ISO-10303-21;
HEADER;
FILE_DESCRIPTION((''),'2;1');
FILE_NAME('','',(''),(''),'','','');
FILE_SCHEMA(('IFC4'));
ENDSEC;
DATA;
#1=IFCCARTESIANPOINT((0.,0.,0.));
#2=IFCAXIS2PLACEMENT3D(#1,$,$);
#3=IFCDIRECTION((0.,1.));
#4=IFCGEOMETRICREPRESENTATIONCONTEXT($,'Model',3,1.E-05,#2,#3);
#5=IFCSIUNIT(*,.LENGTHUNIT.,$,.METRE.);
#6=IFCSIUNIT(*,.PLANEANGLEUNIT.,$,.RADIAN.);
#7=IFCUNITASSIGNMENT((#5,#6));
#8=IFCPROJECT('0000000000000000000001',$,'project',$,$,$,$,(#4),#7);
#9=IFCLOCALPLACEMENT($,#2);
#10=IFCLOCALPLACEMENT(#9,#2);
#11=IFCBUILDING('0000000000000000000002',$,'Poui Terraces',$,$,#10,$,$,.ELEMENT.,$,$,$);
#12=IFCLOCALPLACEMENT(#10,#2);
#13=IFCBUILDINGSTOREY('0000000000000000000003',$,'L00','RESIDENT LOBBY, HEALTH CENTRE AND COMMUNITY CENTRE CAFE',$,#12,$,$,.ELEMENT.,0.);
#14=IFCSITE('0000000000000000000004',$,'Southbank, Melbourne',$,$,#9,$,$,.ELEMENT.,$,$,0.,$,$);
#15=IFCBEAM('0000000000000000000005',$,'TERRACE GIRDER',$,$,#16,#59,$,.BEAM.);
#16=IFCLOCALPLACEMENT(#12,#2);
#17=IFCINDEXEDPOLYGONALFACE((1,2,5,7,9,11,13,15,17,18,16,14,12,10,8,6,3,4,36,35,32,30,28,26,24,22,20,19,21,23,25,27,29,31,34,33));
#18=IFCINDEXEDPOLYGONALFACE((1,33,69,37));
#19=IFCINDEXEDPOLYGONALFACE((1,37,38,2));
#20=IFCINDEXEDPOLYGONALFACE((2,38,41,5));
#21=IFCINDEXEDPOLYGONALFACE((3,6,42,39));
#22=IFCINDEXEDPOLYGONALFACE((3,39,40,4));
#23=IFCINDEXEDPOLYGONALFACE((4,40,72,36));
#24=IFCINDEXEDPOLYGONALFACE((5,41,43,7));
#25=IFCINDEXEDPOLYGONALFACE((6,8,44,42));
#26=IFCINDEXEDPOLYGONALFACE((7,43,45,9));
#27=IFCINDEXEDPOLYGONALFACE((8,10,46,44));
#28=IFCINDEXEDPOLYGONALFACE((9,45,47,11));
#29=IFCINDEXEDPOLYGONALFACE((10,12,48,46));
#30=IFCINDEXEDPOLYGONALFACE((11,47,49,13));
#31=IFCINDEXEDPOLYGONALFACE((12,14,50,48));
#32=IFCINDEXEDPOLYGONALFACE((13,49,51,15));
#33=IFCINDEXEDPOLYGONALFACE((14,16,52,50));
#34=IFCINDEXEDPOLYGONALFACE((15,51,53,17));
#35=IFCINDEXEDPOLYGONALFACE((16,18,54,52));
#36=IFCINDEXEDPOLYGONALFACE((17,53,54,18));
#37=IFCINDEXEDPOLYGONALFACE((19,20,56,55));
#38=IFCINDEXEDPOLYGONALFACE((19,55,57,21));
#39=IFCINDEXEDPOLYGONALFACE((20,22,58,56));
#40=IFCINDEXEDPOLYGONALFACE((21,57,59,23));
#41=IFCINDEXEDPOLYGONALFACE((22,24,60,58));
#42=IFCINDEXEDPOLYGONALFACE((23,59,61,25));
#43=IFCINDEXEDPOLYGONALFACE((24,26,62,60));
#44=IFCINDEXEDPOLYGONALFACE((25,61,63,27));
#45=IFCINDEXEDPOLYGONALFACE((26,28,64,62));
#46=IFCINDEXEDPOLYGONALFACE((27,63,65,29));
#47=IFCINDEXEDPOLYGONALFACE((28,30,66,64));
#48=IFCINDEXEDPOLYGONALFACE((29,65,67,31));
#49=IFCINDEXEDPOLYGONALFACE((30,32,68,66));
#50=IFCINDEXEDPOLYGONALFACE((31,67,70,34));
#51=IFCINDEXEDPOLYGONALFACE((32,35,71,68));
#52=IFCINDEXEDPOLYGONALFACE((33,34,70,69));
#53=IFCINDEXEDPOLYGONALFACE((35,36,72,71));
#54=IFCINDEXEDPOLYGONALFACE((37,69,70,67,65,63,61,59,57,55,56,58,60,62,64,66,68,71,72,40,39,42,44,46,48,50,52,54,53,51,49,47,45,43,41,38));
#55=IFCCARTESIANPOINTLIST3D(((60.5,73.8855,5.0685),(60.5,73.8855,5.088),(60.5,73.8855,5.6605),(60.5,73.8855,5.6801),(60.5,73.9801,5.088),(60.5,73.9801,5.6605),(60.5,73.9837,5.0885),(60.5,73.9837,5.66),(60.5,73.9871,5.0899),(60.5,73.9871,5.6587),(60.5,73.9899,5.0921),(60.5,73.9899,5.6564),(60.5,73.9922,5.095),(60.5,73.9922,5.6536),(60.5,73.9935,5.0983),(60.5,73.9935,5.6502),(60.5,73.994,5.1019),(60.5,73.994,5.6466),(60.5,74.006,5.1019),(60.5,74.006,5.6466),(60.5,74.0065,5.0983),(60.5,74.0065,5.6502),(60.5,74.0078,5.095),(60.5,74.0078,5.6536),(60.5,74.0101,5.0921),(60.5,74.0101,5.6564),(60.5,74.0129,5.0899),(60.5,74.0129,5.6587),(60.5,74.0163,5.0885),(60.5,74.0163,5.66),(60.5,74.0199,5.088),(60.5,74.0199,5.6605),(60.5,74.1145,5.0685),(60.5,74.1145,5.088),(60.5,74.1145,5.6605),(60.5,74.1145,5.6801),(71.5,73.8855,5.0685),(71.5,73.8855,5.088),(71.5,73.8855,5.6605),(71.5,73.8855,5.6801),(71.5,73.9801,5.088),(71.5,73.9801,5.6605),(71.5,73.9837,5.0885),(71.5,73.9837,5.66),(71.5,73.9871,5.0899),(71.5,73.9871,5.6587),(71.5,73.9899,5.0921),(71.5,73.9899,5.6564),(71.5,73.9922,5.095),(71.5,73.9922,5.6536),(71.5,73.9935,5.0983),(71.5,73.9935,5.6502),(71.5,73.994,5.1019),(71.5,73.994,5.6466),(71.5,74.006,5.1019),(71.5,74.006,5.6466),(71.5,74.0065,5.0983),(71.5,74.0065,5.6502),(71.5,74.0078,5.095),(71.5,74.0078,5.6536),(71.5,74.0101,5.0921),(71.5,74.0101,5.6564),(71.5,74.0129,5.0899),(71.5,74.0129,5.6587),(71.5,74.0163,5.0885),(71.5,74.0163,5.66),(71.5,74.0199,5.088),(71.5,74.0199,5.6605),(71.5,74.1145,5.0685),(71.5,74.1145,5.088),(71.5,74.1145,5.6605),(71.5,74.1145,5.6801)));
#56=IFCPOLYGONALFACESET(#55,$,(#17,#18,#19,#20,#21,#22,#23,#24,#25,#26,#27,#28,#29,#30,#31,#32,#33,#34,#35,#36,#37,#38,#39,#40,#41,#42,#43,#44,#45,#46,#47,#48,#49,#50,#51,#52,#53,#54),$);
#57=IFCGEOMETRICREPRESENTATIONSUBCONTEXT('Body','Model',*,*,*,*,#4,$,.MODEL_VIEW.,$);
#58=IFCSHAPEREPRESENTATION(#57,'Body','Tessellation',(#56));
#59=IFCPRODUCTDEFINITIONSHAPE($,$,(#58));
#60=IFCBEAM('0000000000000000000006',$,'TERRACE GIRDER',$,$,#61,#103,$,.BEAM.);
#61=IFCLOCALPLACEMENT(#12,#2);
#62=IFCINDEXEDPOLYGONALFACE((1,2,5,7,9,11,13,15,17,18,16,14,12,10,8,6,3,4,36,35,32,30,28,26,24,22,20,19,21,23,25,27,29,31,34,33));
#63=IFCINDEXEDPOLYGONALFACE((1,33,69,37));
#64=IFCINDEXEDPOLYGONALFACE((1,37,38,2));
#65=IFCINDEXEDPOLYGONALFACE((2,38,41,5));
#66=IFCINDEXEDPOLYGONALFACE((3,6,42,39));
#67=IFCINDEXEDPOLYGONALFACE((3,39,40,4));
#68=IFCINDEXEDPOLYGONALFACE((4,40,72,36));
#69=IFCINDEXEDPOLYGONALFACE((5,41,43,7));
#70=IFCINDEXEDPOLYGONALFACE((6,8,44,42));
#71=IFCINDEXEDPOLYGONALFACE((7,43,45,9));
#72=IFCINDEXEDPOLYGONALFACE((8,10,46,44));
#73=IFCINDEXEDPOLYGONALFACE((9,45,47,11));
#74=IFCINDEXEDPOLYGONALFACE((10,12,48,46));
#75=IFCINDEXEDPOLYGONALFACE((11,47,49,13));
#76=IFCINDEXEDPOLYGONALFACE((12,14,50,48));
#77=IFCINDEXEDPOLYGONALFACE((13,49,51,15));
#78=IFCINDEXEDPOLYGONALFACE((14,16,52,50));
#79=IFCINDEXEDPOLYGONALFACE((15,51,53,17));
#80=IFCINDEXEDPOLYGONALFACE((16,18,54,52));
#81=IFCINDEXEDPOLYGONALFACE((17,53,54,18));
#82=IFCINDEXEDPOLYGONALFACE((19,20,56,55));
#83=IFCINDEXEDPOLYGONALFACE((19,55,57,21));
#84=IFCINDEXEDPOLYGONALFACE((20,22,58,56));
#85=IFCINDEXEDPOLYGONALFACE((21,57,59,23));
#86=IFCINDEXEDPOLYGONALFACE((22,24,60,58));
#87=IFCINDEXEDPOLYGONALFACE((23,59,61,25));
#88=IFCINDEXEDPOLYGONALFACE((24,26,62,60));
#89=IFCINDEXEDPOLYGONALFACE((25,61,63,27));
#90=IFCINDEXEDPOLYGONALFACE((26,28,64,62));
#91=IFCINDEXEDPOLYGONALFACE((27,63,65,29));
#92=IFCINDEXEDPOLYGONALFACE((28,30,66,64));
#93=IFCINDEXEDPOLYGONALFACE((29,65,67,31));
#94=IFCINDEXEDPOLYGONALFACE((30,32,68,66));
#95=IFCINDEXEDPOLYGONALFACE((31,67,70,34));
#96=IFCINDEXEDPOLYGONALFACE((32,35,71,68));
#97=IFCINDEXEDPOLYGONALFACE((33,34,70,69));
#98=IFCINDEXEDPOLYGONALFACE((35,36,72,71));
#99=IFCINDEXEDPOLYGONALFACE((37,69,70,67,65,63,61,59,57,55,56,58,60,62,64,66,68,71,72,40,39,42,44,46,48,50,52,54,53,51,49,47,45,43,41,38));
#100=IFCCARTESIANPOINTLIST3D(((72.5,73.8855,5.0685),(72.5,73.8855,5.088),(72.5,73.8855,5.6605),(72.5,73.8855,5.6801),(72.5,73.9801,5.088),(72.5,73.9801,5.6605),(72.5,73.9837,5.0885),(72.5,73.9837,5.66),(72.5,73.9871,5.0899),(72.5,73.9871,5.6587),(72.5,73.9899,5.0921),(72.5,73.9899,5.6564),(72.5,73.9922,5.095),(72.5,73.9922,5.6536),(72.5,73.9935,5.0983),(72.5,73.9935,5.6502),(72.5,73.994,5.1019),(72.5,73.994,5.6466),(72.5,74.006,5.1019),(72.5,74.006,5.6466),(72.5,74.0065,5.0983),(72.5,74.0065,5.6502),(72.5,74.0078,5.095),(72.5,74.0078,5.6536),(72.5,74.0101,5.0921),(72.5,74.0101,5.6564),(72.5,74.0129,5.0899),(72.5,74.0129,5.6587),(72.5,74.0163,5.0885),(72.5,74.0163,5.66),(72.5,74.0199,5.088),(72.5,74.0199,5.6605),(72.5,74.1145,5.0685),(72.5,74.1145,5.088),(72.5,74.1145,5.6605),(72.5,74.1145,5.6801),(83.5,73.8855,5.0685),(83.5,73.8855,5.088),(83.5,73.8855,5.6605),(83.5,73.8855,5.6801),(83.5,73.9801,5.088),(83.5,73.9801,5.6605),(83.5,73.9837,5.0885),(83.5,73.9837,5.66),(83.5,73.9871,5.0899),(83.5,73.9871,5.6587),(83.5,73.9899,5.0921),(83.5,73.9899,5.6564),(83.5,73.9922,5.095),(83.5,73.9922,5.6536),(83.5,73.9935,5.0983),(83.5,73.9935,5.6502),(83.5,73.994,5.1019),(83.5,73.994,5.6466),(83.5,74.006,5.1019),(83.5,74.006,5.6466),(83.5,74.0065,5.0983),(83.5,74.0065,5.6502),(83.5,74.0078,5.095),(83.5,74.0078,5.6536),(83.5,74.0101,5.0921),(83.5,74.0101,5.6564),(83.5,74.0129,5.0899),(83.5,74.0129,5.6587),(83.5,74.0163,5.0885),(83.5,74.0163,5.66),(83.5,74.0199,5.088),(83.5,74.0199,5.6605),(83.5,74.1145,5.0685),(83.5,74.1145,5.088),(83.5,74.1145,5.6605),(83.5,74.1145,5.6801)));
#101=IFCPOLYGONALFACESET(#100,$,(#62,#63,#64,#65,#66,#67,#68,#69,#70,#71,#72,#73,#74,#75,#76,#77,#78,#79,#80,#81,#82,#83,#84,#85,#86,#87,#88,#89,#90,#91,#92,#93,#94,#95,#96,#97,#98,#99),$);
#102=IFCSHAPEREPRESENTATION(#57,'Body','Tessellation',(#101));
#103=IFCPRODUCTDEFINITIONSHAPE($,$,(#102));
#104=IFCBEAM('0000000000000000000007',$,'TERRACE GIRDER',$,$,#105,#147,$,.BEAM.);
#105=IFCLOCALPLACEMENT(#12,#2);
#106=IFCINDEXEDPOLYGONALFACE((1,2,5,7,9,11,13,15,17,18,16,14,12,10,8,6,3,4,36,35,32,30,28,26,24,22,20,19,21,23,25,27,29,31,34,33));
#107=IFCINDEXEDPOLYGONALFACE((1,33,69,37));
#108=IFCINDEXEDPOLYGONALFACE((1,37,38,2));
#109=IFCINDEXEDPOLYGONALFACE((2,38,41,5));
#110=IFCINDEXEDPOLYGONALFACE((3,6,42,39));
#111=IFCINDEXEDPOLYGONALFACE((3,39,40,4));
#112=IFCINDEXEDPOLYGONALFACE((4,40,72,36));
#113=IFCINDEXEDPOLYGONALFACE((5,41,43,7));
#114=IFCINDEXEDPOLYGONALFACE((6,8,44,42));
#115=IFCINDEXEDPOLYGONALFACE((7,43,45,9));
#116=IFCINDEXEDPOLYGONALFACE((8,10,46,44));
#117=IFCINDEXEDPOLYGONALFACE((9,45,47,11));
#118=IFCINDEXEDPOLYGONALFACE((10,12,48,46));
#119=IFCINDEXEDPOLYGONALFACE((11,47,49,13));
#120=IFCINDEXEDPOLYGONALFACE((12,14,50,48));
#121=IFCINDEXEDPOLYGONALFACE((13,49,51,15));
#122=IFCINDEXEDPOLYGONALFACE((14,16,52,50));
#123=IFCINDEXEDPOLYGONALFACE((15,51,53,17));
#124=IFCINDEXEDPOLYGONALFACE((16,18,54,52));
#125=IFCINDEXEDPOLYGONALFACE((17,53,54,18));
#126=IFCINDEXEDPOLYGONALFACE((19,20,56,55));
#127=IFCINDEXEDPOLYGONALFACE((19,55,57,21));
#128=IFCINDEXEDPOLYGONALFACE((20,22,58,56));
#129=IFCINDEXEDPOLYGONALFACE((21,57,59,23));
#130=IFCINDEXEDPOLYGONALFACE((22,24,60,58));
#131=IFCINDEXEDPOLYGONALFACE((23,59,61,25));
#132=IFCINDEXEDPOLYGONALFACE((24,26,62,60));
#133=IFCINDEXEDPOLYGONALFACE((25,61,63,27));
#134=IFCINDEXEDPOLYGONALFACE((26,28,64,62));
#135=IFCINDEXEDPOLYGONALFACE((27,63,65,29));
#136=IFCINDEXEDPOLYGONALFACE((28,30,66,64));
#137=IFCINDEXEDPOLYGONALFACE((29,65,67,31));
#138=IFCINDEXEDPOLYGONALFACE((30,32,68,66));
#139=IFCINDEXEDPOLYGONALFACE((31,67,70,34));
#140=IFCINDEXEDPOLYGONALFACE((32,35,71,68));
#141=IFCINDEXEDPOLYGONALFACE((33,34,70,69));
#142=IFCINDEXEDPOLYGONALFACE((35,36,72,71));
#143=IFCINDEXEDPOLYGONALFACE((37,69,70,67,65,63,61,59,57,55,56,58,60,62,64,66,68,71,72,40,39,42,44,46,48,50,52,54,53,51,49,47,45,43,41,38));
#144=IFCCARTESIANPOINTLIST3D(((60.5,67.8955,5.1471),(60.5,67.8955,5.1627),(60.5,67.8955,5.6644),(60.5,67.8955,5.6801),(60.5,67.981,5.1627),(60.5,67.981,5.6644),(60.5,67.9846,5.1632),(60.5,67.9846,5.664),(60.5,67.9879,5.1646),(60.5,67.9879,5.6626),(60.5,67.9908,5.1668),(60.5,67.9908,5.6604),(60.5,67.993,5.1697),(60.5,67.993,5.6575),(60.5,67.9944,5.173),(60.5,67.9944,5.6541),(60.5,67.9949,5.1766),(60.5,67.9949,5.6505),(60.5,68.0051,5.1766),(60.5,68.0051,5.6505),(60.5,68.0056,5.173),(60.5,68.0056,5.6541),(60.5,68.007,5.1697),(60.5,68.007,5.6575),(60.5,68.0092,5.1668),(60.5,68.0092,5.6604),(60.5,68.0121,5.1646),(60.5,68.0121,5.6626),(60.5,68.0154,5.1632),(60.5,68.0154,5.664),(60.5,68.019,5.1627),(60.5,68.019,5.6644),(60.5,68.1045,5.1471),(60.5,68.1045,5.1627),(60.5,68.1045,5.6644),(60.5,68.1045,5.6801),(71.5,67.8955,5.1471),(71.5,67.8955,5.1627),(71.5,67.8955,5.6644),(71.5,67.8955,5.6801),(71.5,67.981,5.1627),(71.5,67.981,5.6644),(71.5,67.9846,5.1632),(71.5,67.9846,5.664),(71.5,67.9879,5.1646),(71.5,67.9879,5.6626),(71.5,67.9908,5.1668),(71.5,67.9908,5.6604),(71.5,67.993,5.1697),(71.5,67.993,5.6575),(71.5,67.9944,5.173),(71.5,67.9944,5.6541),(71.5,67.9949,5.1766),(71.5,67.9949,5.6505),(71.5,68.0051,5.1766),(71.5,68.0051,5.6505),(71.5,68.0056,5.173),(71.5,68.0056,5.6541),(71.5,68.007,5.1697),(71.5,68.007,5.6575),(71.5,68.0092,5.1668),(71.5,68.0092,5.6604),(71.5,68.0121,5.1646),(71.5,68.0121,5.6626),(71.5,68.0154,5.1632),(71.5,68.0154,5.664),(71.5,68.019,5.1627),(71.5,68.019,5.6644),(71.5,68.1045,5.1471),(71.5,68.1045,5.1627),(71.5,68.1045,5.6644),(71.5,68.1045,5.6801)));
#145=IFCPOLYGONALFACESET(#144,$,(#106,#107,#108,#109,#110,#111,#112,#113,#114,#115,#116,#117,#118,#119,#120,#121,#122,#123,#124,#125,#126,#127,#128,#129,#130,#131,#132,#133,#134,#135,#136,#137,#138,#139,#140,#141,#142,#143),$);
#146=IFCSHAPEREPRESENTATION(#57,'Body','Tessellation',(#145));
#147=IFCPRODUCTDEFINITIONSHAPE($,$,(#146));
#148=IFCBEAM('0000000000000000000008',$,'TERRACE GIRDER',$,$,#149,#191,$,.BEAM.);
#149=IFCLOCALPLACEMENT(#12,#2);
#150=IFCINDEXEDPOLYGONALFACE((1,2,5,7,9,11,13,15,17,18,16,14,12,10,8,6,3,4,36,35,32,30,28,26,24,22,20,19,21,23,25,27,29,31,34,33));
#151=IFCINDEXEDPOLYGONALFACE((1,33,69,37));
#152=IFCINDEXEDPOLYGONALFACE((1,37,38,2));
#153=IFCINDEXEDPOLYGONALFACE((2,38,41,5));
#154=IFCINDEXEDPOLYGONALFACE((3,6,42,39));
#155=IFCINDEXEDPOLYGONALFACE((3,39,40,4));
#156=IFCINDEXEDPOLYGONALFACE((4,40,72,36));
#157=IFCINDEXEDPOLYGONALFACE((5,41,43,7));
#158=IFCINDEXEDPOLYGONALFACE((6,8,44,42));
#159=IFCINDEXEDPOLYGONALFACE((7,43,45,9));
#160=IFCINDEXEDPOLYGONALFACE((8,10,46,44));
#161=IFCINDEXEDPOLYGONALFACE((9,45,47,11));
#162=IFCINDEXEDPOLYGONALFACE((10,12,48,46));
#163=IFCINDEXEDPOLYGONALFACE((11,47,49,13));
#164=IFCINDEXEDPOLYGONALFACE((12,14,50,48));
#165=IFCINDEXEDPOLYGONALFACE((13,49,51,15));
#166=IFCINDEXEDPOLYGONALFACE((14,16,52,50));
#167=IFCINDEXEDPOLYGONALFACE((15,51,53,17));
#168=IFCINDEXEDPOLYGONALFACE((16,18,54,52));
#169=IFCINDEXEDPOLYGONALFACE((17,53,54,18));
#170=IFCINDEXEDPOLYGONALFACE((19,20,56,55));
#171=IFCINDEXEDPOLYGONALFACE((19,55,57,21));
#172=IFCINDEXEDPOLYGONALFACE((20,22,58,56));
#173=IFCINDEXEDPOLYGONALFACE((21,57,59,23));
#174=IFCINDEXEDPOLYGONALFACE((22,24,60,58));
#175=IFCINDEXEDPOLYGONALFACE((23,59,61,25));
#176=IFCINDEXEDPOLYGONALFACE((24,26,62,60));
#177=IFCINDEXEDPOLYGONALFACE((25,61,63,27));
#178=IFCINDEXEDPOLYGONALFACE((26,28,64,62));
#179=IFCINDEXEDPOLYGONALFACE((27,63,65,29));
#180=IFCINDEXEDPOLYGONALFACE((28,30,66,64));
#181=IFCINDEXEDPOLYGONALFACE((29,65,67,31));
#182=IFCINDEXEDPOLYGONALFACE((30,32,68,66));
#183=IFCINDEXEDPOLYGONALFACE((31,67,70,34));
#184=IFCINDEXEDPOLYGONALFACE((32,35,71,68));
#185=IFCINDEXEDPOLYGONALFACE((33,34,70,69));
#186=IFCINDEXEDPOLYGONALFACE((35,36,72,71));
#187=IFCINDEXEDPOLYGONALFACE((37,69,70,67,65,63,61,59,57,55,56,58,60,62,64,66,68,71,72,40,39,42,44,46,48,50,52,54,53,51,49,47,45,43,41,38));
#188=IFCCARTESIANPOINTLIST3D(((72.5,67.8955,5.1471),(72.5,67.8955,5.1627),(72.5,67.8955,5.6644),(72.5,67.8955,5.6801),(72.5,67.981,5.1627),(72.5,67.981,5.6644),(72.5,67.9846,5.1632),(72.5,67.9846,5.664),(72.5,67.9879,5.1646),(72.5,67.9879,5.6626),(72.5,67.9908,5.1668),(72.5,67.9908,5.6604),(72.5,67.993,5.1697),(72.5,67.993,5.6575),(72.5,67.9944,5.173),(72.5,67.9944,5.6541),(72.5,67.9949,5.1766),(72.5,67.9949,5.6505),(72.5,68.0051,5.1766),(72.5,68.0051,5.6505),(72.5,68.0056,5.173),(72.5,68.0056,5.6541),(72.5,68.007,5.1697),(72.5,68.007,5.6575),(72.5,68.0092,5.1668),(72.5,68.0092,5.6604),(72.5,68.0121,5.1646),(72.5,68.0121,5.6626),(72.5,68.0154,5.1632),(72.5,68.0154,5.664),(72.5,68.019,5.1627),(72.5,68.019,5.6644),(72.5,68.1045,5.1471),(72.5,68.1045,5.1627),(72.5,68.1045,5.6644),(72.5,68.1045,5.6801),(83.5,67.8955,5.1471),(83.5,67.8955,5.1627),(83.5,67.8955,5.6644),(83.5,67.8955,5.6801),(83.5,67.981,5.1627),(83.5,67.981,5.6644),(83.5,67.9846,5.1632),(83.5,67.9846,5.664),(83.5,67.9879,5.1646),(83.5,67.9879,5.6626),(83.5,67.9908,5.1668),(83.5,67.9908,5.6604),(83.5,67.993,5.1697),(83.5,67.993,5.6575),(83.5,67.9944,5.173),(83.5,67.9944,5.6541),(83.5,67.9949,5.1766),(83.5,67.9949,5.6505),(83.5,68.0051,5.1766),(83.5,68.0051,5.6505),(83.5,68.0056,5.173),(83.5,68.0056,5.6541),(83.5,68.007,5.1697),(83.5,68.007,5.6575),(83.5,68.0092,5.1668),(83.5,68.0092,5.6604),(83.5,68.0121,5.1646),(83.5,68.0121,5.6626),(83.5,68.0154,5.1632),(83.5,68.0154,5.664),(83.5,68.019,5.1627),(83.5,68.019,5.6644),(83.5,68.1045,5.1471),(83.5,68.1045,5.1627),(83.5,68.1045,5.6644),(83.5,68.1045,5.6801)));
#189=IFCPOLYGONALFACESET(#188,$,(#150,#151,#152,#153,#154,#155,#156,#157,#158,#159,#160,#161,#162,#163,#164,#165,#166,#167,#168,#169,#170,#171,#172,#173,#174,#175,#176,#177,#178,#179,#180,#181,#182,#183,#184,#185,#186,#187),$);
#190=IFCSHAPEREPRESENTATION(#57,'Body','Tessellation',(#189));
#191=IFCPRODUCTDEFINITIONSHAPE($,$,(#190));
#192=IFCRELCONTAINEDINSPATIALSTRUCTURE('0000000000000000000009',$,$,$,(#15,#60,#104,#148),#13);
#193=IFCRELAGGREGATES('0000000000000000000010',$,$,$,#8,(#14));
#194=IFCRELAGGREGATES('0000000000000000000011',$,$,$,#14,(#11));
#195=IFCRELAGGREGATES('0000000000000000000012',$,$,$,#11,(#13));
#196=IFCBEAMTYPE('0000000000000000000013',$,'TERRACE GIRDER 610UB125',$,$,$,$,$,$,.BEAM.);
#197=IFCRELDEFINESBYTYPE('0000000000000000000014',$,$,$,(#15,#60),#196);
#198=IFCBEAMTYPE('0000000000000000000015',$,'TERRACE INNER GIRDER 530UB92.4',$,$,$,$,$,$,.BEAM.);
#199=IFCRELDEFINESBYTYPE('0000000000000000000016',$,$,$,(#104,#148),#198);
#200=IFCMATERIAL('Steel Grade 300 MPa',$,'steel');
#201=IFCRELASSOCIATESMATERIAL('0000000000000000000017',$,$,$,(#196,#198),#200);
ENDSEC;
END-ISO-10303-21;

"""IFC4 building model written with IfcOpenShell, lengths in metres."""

from ifc_helpers import new_model, si_unit, direction, frame, origin, origin_2d, place, context, subcontext, project, spatial, i_section, extrude, source, transform, mapped, material, material_profile, profile_set, type_object, element, save


model = new_model("IFC4")

# Units and contexts
model_context = context("Model", 3, precision=1e-05, world=origin(), true_north=direction((0.0, 1.0)))
body_context = subcontext(model_context, "Body", "Model", "MODEL_VIEW")
ifc_project = project(units=[si_unit("LENGTHUNIT", "METRE"), si_unit("PLANEANGLEUNIT", "RADIAN")], contexts=[model_context])

# Site, building, storey
site_placement = place(None, origin())
site = spatial("IfcSite", under=ifc_project, at=site_placement, Name="Southbank, Melbourne", CompositionType="ELEMENT", RefElevation=0.0)
building_placement = place(site_placement, origin())
building = spatial("IfcBuilding", under=site, at=building_placement, Name="Poui Terraces", CompositionType="ELEMENT")
storey_placement = place(building_placement, origin())
storey = spatial("IfcBuildingStorey", under=building, at=storey_placement, Name="L00", Description="RESIDENT LOBBY, HEALTH CENTRE AND COMMUNITY CENTRE CAFE", CompositionType="ELEMENT", Elevation=0.0)

# Beams
ifc_material_1 = material(Name="Steel Grade 300 MPa", Category="steel")
ifc_material_profile_1 = material_profile(ifc_material_1, i_section(OverallWidth=0.229, OverallDepth=0.6116, WebThickness=0.012, FlangeThickness=0.0195, FilletRadius=0.0139, at=origin_2d()), Name="610UB125")
ifc_profile_set_1 = profile_set([ifc_material_profile_1], Name="Steel Grade 300 MPa")
beam_type_1 = type_object("IfcBeamType", Name="TERRACE GIRDER 610UB125", PredefinedType="BEAM", material=ifc_profile_set_1)
shared_shape_1 = source(origin(), body_context, "Body", "SweptSolid", [
    extrude(i_section(OverallWidth=0.229, OverallDepth=0.6116, WebThickness=0.012, FlangeThickness=0.0195, FilletRadius=0.0139, at=origin_2d()), origin(), (0.0, 0.0, 1.0), 11.0),
])
for number, where, z_axis, x_axis, name in (
    (1, (60.5, 74.0, 5.3743), (1.0, 0.0, 0.0), (0.0, 1.0, 0.0), "TERRACE GIRDER"),
    (2, (72.5, 74.0, 5.3743), (1.0, 0.0, 0.0), (0.0, 1.0, 0.0), "TERRACE GIRDER"),
):
    element("IfcBeam", number, at=place(storey_placement, frame(where, z_axis=z_axis, x_axis=x_axis)), inside=storey, type_object=beam_type_1, Name=name, PredefinedType="BEAM", context=body_context, shape_type="MappedRepresentation", body=[
        mapped(shared_shape_1, transform((0.0, 0.0, 0.0))),
    ])
ifc_material_profile_2 = material_profile(ifc_material_1, i_section(OverallWidth=0.209, OverallDepth=0.533, WebThickness=0.0103, FlangeThickness=0.0156, FilletRadius=0.0139, at=origin_2d()), Name="530UB92.4")
ifc_profile_set_2 = profile_set([ifc_material_profile_2], Name="Steel Grade 300 MPa")
beam_type_2 = type_object("IfcBeamType", Name="TERRACE INNER GIRDER 530UB92.4", PredefinedType="BEAM", material=ifc_profile_set_2)
shared_shape_2 = source(origin(), body_context, "Body", "SweptSolid", [
    extrude(i_section(OverallWidth=0.209, OverallDepth=0.533, WebThickness=0.0103, FlangeThickness=0.0156, FilletRadius=0.0139, at=origin_2d()), origin(), (0.0, 0.0, 1.0), 11.0),
])
for number, where, z_axis, x_axis, name in (
    (3, (60.5, 68.0, 5.4136), (1.0, 0.0, 0.0), (0.0, 1.0, 0.0), "TERRACE GIRDER"),
    (4, (72.5, 68.0, 5.4136), (1.0, 0.0, 0.0), (0.0, 1.0, 0.0), "TERRACE GIRDER"),
):
    element("IfcBeam", number, at=place(storey_placement, frame(where, z_axis=z_axis, x_axis=x_axis)), inside=storey, type_object=beam_type_2, Name=name, PredefinedType="BEAM", context=body_context, shape_type="MappedRepresentation", body=[
        mapped(shared_shape_2, transform((0.0, 0.0, 0.0))),
    ])

save(model, "model.ifc")
